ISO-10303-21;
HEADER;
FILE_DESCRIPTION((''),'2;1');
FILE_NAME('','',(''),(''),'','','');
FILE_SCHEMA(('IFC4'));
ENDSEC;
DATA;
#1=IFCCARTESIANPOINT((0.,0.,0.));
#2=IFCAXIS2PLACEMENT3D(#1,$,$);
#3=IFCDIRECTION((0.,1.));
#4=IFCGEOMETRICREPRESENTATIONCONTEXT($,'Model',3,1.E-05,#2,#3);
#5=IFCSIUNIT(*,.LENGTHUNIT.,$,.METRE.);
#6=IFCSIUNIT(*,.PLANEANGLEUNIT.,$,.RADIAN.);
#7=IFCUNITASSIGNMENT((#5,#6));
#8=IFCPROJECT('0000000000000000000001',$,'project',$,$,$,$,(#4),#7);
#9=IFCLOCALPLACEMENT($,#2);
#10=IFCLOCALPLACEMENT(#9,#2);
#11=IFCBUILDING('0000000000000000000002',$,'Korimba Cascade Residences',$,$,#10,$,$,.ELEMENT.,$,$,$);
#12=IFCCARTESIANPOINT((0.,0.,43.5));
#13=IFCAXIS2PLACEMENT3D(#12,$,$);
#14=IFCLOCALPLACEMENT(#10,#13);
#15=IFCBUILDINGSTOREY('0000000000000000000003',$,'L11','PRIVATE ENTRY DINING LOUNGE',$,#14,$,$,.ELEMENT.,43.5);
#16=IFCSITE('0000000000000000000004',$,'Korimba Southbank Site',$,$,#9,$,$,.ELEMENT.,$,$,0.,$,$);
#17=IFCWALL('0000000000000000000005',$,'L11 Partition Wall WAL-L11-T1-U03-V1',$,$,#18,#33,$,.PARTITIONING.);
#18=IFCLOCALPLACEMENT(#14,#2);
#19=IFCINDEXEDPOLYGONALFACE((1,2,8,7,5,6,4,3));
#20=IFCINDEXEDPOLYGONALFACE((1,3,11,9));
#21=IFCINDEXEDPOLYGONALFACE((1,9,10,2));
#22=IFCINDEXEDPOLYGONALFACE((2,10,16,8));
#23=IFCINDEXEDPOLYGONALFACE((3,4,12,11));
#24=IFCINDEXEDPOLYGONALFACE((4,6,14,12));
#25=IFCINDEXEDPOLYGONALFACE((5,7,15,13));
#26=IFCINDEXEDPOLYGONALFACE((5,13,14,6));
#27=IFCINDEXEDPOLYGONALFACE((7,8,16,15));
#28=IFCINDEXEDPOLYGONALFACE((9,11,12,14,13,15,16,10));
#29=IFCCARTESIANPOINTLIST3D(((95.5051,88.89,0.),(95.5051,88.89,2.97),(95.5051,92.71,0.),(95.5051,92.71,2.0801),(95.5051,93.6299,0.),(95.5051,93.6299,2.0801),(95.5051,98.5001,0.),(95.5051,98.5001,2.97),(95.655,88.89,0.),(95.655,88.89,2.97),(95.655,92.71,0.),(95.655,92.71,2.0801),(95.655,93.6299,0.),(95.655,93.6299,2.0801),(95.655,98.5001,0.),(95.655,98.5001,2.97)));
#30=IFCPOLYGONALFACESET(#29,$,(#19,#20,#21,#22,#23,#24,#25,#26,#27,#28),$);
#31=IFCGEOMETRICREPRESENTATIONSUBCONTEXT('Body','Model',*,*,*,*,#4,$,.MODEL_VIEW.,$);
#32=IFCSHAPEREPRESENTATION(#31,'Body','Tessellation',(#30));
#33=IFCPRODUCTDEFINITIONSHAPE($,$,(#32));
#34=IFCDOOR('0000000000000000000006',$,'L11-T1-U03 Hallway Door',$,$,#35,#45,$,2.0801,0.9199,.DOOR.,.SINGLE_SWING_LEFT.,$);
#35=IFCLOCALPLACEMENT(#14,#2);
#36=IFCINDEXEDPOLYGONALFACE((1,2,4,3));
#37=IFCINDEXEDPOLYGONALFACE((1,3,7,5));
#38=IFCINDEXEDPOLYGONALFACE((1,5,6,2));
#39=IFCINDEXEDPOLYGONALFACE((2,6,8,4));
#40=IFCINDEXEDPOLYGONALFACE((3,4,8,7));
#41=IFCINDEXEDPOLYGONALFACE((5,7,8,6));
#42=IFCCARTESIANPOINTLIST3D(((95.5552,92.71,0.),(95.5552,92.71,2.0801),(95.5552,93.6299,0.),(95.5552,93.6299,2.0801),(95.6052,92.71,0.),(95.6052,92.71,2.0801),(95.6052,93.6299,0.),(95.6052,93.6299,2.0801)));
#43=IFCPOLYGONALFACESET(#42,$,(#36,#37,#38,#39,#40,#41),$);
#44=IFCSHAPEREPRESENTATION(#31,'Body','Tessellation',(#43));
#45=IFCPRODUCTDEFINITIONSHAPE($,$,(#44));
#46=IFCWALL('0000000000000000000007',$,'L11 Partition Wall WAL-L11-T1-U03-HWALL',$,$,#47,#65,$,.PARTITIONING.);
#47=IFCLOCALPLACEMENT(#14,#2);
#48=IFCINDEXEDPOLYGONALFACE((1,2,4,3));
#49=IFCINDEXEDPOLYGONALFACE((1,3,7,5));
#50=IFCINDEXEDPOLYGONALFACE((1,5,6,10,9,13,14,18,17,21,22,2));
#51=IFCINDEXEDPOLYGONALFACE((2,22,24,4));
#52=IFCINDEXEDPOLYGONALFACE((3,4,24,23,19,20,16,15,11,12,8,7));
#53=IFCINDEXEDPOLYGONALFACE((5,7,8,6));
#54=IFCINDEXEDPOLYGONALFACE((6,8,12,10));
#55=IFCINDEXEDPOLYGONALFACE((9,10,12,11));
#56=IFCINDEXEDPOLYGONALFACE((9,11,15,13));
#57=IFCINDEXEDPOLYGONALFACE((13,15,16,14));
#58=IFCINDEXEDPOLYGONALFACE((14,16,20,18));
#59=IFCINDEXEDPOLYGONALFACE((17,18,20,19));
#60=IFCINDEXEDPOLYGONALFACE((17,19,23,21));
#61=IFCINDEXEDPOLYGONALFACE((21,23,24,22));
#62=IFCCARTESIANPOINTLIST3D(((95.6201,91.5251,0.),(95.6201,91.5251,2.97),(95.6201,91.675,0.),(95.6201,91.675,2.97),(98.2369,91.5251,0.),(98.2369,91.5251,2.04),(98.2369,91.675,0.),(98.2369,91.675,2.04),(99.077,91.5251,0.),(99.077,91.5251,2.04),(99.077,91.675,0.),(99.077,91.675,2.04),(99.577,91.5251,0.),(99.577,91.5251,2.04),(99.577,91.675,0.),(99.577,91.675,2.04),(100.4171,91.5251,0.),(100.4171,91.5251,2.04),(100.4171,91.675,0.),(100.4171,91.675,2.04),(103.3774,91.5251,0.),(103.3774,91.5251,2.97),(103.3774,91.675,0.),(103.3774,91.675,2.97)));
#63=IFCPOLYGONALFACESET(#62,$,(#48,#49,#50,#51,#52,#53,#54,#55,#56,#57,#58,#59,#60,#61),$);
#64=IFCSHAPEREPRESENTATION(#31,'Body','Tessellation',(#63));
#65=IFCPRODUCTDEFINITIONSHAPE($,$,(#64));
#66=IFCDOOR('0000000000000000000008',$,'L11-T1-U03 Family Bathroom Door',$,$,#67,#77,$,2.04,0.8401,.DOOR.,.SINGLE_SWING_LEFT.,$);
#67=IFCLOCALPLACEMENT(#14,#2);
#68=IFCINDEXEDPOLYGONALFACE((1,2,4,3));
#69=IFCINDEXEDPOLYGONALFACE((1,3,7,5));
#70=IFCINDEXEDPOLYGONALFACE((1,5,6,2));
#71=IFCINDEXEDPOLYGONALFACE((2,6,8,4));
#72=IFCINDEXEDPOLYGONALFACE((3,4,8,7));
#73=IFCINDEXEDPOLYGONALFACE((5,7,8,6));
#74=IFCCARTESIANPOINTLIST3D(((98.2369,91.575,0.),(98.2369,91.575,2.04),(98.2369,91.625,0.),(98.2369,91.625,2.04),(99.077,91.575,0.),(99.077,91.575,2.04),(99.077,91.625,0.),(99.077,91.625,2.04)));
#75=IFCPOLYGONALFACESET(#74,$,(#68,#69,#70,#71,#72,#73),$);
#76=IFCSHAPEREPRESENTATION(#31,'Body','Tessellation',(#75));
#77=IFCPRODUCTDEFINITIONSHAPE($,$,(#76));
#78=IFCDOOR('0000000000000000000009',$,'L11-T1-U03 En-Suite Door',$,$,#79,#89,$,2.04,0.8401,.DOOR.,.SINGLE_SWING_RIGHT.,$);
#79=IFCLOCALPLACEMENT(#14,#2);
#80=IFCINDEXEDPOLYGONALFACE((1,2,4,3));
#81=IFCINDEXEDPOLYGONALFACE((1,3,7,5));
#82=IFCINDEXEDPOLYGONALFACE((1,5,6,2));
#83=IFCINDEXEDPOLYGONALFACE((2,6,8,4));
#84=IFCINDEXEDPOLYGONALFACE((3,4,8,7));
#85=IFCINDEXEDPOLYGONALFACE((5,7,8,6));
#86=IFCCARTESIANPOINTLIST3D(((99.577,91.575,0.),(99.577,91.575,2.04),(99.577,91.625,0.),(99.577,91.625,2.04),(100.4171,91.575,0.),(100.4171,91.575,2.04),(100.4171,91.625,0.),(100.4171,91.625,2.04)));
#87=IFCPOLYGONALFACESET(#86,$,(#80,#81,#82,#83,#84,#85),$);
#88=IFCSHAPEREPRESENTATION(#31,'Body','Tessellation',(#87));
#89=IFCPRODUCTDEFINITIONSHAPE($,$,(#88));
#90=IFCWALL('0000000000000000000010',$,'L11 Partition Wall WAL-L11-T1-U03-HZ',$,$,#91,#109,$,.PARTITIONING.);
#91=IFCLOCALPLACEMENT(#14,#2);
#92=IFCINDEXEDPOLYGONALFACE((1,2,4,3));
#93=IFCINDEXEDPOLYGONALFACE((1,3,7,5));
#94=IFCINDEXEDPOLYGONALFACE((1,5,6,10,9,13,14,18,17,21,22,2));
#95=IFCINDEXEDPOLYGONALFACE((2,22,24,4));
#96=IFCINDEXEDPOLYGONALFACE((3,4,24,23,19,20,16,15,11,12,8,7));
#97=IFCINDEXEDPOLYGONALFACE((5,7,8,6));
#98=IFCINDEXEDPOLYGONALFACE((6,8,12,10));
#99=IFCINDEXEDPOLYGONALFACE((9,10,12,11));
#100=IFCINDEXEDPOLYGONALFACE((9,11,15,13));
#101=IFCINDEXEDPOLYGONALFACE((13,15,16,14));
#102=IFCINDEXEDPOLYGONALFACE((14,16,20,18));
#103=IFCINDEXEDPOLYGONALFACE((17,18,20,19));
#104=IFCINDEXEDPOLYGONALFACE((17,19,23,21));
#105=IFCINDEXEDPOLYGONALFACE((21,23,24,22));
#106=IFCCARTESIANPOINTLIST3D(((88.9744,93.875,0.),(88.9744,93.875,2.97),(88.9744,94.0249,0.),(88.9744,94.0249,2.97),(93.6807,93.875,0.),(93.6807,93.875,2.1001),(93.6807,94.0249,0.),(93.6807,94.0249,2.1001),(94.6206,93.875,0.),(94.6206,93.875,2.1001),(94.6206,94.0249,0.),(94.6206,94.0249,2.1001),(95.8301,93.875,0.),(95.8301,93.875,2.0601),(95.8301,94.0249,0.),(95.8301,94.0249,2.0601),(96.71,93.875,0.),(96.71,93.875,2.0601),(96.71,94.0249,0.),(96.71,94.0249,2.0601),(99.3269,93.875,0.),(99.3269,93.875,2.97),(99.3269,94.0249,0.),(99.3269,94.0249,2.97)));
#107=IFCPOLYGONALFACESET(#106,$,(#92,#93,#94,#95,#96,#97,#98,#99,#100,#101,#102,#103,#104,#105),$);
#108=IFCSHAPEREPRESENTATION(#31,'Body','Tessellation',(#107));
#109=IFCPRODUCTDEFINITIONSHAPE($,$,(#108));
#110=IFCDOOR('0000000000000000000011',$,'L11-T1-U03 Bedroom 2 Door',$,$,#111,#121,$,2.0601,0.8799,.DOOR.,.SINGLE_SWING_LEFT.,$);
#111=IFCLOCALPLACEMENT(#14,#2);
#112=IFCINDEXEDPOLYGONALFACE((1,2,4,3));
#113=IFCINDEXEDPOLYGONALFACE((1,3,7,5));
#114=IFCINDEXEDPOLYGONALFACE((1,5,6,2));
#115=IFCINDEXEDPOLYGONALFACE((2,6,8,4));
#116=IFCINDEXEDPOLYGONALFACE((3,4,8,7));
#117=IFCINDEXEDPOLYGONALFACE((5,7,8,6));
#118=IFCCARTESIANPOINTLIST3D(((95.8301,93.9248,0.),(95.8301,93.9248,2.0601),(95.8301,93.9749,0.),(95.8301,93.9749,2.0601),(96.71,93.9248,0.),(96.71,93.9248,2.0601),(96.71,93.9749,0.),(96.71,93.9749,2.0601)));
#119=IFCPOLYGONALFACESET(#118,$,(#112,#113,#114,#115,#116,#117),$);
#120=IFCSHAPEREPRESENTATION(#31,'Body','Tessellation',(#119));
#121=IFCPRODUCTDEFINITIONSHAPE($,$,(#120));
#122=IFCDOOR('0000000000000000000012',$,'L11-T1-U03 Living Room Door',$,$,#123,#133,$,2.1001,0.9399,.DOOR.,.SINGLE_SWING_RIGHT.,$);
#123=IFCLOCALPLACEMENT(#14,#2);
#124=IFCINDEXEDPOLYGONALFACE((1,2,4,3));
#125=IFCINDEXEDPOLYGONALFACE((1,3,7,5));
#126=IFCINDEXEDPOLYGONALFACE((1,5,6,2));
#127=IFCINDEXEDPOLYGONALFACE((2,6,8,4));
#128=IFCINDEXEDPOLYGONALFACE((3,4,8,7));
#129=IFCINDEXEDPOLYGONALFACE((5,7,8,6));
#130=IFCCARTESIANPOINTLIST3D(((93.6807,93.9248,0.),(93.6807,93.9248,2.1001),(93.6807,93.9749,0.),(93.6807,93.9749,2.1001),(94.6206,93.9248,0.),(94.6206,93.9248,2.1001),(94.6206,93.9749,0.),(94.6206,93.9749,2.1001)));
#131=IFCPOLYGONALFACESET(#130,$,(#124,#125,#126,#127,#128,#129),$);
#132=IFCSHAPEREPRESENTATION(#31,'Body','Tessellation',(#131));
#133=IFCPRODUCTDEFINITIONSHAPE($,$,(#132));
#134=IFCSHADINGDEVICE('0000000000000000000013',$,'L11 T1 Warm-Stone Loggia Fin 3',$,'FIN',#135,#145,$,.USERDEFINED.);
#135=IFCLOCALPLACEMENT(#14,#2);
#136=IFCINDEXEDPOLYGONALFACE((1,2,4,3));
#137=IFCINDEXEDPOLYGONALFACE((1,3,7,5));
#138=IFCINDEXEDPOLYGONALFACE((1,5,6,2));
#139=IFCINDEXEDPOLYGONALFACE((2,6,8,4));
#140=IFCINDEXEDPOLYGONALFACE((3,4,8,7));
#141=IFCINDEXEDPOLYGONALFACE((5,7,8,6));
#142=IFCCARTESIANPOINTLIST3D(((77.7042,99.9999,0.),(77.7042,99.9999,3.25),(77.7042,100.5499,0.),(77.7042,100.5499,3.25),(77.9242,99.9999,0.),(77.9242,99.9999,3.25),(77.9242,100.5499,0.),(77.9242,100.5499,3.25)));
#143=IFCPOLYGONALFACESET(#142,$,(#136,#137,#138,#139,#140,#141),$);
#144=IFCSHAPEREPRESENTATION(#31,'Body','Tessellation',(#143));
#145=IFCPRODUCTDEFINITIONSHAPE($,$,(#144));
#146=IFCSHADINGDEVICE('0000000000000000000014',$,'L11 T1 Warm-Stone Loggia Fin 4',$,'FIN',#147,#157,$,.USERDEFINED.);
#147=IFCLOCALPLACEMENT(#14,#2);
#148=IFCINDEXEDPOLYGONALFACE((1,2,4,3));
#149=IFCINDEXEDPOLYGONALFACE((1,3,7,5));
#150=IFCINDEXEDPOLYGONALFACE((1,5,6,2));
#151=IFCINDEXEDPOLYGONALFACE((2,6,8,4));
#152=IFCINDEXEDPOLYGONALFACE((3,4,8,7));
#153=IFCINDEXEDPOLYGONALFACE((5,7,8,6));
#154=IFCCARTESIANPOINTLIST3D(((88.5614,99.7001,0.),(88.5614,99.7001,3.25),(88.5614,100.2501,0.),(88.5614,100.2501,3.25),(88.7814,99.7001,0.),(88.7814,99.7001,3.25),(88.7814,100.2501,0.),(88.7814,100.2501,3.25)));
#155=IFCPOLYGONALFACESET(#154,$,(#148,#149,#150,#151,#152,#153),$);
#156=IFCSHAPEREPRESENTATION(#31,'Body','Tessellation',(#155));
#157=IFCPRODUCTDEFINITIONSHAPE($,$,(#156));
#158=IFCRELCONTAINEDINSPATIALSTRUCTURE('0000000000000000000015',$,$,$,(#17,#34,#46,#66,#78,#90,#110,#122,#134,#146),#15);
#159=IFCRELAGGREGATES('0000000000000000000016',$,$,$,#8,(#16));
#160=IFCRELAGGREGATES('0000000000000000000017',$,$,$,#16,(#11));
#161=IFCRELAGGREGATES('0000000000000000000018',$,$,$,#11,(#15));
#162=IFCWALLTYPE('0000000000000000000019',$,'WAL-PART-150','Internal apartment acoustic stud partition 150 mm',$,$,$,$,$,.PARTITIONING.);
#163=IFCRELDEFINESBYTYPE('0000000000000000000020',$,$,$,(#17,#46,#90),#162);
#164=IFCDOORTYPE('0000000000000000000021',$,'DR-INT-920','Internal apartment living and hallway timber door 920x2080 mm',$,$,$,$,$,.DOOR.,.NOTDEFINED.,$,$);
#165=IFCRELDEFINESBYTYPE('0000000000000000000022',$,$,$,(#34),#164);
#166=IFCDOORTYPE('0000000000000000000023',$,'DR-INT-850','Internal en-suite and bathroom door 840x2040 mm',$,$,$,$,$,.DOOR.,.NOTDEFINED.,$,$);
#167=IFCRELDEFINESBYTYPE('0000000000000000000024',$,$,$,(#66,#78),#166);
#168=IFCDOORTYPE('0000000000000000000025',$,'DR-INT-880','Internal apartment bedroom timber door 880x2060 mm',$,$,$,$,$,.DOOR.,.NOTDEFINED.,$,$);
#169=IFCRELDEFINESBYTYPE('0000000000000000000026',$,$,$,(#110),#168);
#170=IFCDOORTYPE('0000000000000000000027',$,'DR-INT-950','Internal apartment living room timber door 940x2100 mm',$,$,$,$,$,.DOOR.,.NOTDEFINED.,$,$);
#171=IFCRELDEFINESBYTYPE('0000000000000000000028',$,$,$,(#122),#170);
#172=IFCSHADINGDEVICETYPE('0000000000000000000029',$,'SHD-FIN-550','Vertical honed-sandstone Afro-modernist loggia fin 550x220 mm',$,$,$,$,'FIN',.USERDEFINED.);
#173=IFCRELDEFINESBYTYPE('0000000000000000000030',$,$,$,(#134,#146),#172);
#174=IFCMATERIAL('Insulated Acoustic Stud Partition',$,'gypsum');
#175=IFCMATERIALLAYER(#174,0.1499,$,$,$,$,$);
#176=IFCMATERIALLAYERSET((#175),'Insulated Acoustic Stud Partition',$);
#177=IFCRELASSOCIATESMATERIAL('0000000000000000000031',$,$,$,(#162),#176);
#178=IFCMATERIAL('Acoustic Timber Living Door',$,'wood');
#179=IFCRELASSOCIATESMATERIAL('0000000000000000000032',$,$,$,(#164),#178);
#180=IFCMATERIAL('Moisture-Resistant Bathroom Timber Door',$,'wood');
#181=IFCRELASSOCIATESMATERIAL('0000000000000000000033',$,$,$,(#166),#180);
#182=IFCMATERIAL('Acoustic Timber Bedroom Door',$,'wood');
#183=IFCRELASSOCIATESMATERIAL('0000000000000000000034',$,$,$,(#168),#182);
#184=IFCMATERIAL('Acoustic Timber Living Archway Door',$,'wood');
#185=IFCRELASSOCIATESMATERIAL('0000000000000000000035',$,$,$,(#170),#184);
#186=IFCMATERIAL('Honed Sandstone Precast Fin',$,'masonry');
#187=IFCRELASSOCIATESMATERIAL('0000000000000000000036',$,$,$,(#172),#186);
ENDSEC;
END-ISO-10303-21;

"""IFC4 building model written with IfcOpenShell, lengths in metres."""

from ifc_helpers import new_model, si_unit, direction, frame, frame_2d, origin, origin_2d, place, context, subcontext, project, spatial, rectangle, extrude, material, layer, layer_set, type_object, element, fill, save


model = new_model("IFC4")

# Units and contexts
model_context = context("Model", 3, precision=1e-05, world=origin(), true_north=direction((0.0, 1.0)))
body_context = subcontext(model_context, "Body", "Model", "MODEL_VIEW")
ifc_project = project(units=[si_unit("LENGTHUNIT", "METRE"), si_unit("PLANEANGLEUNIT", "RADIAN")], contexts=[model_context])

# Site, building, storey
site_placement = place(None, origin())
site = spatial("IfcSite", under=ifc_project, at=site_placement, Name="Korimba Southbank Site", CompositionType="ELEMENT", RefElevation=0.0)
building_placement = place(site_placement, origin())
building = spatial("IfcBuilding", under=site, at=building_placement, Name="Korimba Cascade Residences", CompositionType="ELEMENT")
storey_placement = place(building_placement, frame((0.0, 0.0, 43.5)))
storey = spatial("IfcBuildingStorey", under=building, at=storey_placement, Name="L11", Description="PRIVATE ENTRY DINING LOUNGE", CompositionType="ELEMENT", Elevation=43.5)

# Shared definitions
ifc_material_1 = material(Name="Insulated Acoustic Stud Partition", Category="gypsum")
ifc_layer = layer(ifc_material_1, 0.1499)
ifc_layer_set = layer_set([ifc_layer], Name="Insulated Acoustic Stud Partition")
wall_type = type_object("IfcWallType", Name="WAL-PART-150", Description="Internal apartment acoustic stud partition 150 mm", PredefinedType="PARTITIONING", material=ifc_layer_set)

# Wall, opening, door
wall_1_placement = place(storey_placement, frame((95.5801, 88.8899, 0.0), z_axis=(0.0, 0.0, 1.0), x_axis=(0.0, 1.0, 0.0)))
wall_1 = element("IfcWall", 1, at=wall_1_placement, inside=storey, type_object=wall_type, Name="L11 Partition Wall WAL-L11-T1-U03-V1", PredefinedType="PARTITIONING", context=body_context, shape_type="SweptSolid", body=[
    extrude(rectangle(XDim=9.6101, YDim=0.1499, at=frame_2d((4.8052, 0.0))), origin(), (0.0, 0.0, 1.0), 2.97),
])
opening_1_placement = place(wall_1_placement, frame((3.8201, 0.0, 0.0)))
opening_1 = element("IfcOpeningElement", 2, at=opening_1_placement, cuts=wall_1, PredefinedType="OPENING", context=body_context, shape_type="SweptSolid", body=[
    extrude(rectangle(XDim=0.9199, YDim=2.0801, at=frame_2d((0.46, 1.04))), frame((0.0, 0.085, 0.0), z_axis=(0.0, -1.0, 0.0), x_axis=(1.0, 0.0, 0.0)), (0.0, 0.0, 1.0), 0.1699),
])
ifc_material_2 = material(Name="Acoustic Timber Living Door", Category="wood")
door_type_1 = type_object("IfcDoorType", Name="DR-INT-920", Description="Internal apartment living and hallway timber door 920x2080 mm", OperationType="NOTDEFINED", PredefinedType="DOOR", material=ifc_material_2)
door_1_placement = place(opening_1_placement, origin())
door_1 = element("IfcDoor", 3, at=door_1_placement, inside=storey, type_object=door_type_1, Name="L11-T1-U03 Hallway Door", OperationType="SINGLE_SWING_LEFT", OverallHeight=2.0801, OverallWidth=0.9199, PredefinedType="DOOR", context=body_context, shape_type="SweptSolid", body=[
    extrude(rectangle(XDim=0.9199, YDim=2.0801, at=frame_2d((0.46, 1.04))), frame((0.0, 0.0249, 0.0), z_axis=(0.0, -1.0, 0.0), x_axis=(1.0, 0.0, 0.0)), (0.0, 0.0, 1.0), 0.05),
])
fill(opening_1, door_1)

# Walls, openings, doors
wall_2_placement = place(storey_placement, frame((95.6201, 91.6001, 0.0), z_axis=(0.0, 0.0, 1.0), x_axis=(1.0, 0.0, 0.0)))
wall_2 = element("IfcWall", 4, at=wall_2_placement, inside=storey, type_object=wall_type, Name="L11 Partition Wall WAL-L11-T1-U03-HWALL", PredefinedType="PARTITIONING", context=body_context, shape_type="SweptSolid", body=[
    extrude(rectangle(XDim=7.7573, YDim=0.1499, at=frame_2d((3.8787, 0.0))), origin(), (0.0, 0.0, 1.0), 2.97),
])
opening_2_placement = place(wall_2_placement, frame((2.6169, 0.0, 0.0)))
opening_2 = element("IfcOpeningElement", 5, at=opening_2_placement, cuts=wall_2, PredefinedType="OPENING", context=body_context, shape_type="SweptSolid", body=[
    extrude(rectangle(XDim=0.8401, YDim=2.04, at=frame_2d((0.4199, 1.02))), frame((0.0, 0.085, 0.0), z_axis=(0.0, -1.0, 0.0), x_axis=(1.0, 0.0, 0.0)), (0.0, 0.0, 1.0), 0.1699),
])
opening_3_placement = place(wall_2_placement, frame((3.957, 0.0, 0.0)))
opening_3 = element("IfcOpeningElement", 6, at=opening_3_placement, cuts=wall_2, PredefinedType="OPENING", context=body_context, shape_type="SweptSolid", body=[
    extrude(rectangle(XDim=0.8401, YDim=2.04, at=frame_2d((0.4199, 1.02))), frame((0.0, 0.085, 0.0), z_axis=(0.0, -1.0, 0.0), x_axis=(1.0, 0.0, 0.0)), (0.0, 0.0, 1.0), 0.1699),
])
ifc_material_3 = material(Name="Moisture-Resistant Bathroom Timber Door", Category="wood")
door_type_2 = type_object("IfcDoorType", Name="DR-INT-850", Description="Internal en-suite and bathroom door 840x2040 mm", OperationType="NOTDEFINED", PredefinedType="DOOR", material=ifc_material_3)
door_2_placement = place(opening_2_placement, origin())
door_2 = element("IfcDoor", 7, at=door_2_placement, inside=storey, type_object=door_type_2, Name="L11-T1-U03 Family Bathroom Door", OperationType="SINGLE_SWING_LEFT", OverallHeight=2.04, OverallWidth=0.8401, PredefinedType="DOOR", context=body_context, shape_type="SweptSolid", body=[
    extrude(rectangle(XDim=0.8401, YDim=2.04, at=frame_2d((0.4199, 1.02))), frame((0.0, 0.0249, 0.0), z_axis=(0.0, -1.0, 0.0), x_axis=(1.0, 0.0, 0.0)), (0.0, 0.0, 1.0), 0.05),
])
fill(opening_2, door_2)
door_3_placement = place(opening_3_placement, origin())
door_3 = element("IfcDoor", 8, at=door_3_placement, inside=storey, type_object=door_type_2, Name="L11-T1-U03 En-Suite Door", OperationType="SINGLE_SWING_RIGHT", OverallHeight=2.04, OverallWidth=0.8401, PredefinedType="DOOR", context=body_context, shape_type="SweptSolid", body=[
    extrude(rectangle(XDim=0.8401, YDim=2.04, at=frame_2d((0.4199, 1.02))), frame((0.0, 0.0249, 0.0), z_axis=(0.0, -1.0, 0.0), x_axis=(1.0, 0.0, 0.0)), (0.0, 0.0, 1.0), 0.05),
])
fill(opening_3, door_3)
wall_3_placement = place(storey_placement, frame((88.9744, 93.95, 0.0), z_axis=(0.0, 0.0, 1.0), x_axis=(1.0, 0.0, 0.0)))
wall_3 = element("IfcWall", 9, at=wall_3_placement, inside=storey, type_object=wall_type, Name="L11 Partition Wall WAL-L11-T1-U03-HZ", PredefinedType="PARTITIONING", context=body_context, shape_type="SweptSolid", body=[
    extrude(rectangle(XDim=10.3525, YDim=0.1499, at=frame_2d((5.1763, 0.0))), origin(), (0.0, 0.0, 1.0), 2.97),
])
opening_4_placement = place(wall_3_placement, frame((4.7063, 0.0, 0.0)))
opening_4 = element("IfcOpeningElement", 10, at=opening_4_placement, cuts=wall_3, PredefinedType="OPENING", context=body_context, shape_type="SweptSolid", body=[
    extrude(rectangle(XDim=0.9399, YDim=2.1001, at=frame_2d((0.47, 1.05))), frame((0.0, 0.085, 0.0), z_axis=(0.0, -1.0, 0.0), x_axis=(1.0, 0.0, 0.0)), (0.0, 0.0, 1.0), 0.1699),
])
opening_5_placement = place(wall_3_placement, frame((6.8557, 0.0, 0.0)))
opening_5 = element("IfcOpeningElement", 11, at=opening_5_placement, cuts=wall_3, PredefinedType="OPENING", context=body_context, shape_type="SweptSolid", body=[
    extrude(rectangle(XDim=0.8799, YDim=2.0601, at=frame_2d((0.4399, 1.03))), frame((0.0, 0.085, 0.0), z_axis=(0.0, -1.0, 0.0), x_axis=(1.0, 0.0, 0.0)), (0.0, 0.0, 1.0), 0.1699),
])
ifc_material_4 = material(Name="Acoustic Timber Bedroom Door", Category="wood")
door_type_3 = type_object("IfcDoorType", Name="DR-INT-880", Description="Internal apartment bedroom timber door 880x2060 mm", OperationType="NOTDEFINED", PredefinedType="DOOR", material=ifc_material_4)
door_4_placement = place(opening_5_placement, origin())
door_4 = element("IfcDoor", 12, at=door_4_placement, inside=storey, type_object=door_type_3, Name="L11-T1-U03 Bedroom 2 Door", OperationType="SINGLE_SWING_LEFT", OverallHeight=2.0601, OverallWidth=0.8799, PredefinedType="DOOR", context=body_context, shape_type="SweptSolid", body=[
    extrude(rectangle(XDim=0.8799, YDim=2.0601, at=frame_2d((0.4399, 1.03))), frame((0.0, 0.0249, 0.0), z_axis=(0.0, -1.0, 0.0), x_axis=(1.0, 0.0, 0.0)), (0.0, 0.0, 1.0), 0.05),
])
fill(opening_5, door_4)
ifc_material_5 = material(Name="Acoustic Timber Living Archway Door", Category="wood")
door_type_4 = type_object("IfcDoorType", Name="DR-INT-950", Description="Internal apartment living room timber door 940x2100 mm", OperationType="NOTDEFINED", PredefinedType="DOOR", material=ifc_material_5)
door_5_placement = place(opening_4_placement, origin())
door_5 = element("IfcDoor", 13, at=door_5_placement, inside=storey, type_object=door_type_4, Name="L11-T1-U03 Living Room Door", OperationType="SINGLE_SWING_RIGHT", OverallHeight=2.1001, OverallWidth=0.9399, PredefinedType="DOOR", context=body_context, shape_type="SweptSolid", body=[
    extrude(rectangle(XDim=0.9399, YDim=2.1001, at=frame_2d((0.47, 1.05))), frame((0.0, 0.0249, 0.0), z_axis=(0.0, -1.0, 0.0), x_axis=(1.0, 0.0, 0.0)), (0.0, 0.0, 1.0), 0.05),
])
fill(opening_4, door_5)

# Shading devices
ifc_material_6 = material(Name="Honed Sandstone Precast Fin", Category="masonry")
shading_device_type = type_object("IfcShadingDeviceType", Name="SHD-FIN-550", Description="Vertical honed-sandstone Afro-modernist loggia fin 550x220 mm", ElementType="FIN", PredefinedType="USERDEFINED", material=ifc_material_6)
for number, where, z_axis, x_axis, name in (
    (14, (77.8142, 100.2749, 0.0), (0.0, 0.0, 1.0), (1.0, 0.0, 0.0), "L11 T1 Warm-Stone Loggia Fin 3"),
    (15, (88.6714, 99.9751, 0.0), (0.0, 0.0, 1.0), (1.0, 0.0, 0.0), "L11 T1 Warm-Stone Loggia Fin 4"),
):
    element("IfcShadingDevice", number, at=place(storey_placement, frame(where, z_axis=z_axis, x_axis=x_axis)), inside=storey, type_object=shading_device_type, Name=name, ObjectType="FIN", PredefinedType="USERDEFINED", context=body_context, shape_type="SweptSolid", body=[
        extrude(rectangle(XDim=0.22, YDim=0.55, at=origin_2d()), origin(), (0.0, 0.0, 1.0), 3.25),
    ])

save(model, "model.ifc")
